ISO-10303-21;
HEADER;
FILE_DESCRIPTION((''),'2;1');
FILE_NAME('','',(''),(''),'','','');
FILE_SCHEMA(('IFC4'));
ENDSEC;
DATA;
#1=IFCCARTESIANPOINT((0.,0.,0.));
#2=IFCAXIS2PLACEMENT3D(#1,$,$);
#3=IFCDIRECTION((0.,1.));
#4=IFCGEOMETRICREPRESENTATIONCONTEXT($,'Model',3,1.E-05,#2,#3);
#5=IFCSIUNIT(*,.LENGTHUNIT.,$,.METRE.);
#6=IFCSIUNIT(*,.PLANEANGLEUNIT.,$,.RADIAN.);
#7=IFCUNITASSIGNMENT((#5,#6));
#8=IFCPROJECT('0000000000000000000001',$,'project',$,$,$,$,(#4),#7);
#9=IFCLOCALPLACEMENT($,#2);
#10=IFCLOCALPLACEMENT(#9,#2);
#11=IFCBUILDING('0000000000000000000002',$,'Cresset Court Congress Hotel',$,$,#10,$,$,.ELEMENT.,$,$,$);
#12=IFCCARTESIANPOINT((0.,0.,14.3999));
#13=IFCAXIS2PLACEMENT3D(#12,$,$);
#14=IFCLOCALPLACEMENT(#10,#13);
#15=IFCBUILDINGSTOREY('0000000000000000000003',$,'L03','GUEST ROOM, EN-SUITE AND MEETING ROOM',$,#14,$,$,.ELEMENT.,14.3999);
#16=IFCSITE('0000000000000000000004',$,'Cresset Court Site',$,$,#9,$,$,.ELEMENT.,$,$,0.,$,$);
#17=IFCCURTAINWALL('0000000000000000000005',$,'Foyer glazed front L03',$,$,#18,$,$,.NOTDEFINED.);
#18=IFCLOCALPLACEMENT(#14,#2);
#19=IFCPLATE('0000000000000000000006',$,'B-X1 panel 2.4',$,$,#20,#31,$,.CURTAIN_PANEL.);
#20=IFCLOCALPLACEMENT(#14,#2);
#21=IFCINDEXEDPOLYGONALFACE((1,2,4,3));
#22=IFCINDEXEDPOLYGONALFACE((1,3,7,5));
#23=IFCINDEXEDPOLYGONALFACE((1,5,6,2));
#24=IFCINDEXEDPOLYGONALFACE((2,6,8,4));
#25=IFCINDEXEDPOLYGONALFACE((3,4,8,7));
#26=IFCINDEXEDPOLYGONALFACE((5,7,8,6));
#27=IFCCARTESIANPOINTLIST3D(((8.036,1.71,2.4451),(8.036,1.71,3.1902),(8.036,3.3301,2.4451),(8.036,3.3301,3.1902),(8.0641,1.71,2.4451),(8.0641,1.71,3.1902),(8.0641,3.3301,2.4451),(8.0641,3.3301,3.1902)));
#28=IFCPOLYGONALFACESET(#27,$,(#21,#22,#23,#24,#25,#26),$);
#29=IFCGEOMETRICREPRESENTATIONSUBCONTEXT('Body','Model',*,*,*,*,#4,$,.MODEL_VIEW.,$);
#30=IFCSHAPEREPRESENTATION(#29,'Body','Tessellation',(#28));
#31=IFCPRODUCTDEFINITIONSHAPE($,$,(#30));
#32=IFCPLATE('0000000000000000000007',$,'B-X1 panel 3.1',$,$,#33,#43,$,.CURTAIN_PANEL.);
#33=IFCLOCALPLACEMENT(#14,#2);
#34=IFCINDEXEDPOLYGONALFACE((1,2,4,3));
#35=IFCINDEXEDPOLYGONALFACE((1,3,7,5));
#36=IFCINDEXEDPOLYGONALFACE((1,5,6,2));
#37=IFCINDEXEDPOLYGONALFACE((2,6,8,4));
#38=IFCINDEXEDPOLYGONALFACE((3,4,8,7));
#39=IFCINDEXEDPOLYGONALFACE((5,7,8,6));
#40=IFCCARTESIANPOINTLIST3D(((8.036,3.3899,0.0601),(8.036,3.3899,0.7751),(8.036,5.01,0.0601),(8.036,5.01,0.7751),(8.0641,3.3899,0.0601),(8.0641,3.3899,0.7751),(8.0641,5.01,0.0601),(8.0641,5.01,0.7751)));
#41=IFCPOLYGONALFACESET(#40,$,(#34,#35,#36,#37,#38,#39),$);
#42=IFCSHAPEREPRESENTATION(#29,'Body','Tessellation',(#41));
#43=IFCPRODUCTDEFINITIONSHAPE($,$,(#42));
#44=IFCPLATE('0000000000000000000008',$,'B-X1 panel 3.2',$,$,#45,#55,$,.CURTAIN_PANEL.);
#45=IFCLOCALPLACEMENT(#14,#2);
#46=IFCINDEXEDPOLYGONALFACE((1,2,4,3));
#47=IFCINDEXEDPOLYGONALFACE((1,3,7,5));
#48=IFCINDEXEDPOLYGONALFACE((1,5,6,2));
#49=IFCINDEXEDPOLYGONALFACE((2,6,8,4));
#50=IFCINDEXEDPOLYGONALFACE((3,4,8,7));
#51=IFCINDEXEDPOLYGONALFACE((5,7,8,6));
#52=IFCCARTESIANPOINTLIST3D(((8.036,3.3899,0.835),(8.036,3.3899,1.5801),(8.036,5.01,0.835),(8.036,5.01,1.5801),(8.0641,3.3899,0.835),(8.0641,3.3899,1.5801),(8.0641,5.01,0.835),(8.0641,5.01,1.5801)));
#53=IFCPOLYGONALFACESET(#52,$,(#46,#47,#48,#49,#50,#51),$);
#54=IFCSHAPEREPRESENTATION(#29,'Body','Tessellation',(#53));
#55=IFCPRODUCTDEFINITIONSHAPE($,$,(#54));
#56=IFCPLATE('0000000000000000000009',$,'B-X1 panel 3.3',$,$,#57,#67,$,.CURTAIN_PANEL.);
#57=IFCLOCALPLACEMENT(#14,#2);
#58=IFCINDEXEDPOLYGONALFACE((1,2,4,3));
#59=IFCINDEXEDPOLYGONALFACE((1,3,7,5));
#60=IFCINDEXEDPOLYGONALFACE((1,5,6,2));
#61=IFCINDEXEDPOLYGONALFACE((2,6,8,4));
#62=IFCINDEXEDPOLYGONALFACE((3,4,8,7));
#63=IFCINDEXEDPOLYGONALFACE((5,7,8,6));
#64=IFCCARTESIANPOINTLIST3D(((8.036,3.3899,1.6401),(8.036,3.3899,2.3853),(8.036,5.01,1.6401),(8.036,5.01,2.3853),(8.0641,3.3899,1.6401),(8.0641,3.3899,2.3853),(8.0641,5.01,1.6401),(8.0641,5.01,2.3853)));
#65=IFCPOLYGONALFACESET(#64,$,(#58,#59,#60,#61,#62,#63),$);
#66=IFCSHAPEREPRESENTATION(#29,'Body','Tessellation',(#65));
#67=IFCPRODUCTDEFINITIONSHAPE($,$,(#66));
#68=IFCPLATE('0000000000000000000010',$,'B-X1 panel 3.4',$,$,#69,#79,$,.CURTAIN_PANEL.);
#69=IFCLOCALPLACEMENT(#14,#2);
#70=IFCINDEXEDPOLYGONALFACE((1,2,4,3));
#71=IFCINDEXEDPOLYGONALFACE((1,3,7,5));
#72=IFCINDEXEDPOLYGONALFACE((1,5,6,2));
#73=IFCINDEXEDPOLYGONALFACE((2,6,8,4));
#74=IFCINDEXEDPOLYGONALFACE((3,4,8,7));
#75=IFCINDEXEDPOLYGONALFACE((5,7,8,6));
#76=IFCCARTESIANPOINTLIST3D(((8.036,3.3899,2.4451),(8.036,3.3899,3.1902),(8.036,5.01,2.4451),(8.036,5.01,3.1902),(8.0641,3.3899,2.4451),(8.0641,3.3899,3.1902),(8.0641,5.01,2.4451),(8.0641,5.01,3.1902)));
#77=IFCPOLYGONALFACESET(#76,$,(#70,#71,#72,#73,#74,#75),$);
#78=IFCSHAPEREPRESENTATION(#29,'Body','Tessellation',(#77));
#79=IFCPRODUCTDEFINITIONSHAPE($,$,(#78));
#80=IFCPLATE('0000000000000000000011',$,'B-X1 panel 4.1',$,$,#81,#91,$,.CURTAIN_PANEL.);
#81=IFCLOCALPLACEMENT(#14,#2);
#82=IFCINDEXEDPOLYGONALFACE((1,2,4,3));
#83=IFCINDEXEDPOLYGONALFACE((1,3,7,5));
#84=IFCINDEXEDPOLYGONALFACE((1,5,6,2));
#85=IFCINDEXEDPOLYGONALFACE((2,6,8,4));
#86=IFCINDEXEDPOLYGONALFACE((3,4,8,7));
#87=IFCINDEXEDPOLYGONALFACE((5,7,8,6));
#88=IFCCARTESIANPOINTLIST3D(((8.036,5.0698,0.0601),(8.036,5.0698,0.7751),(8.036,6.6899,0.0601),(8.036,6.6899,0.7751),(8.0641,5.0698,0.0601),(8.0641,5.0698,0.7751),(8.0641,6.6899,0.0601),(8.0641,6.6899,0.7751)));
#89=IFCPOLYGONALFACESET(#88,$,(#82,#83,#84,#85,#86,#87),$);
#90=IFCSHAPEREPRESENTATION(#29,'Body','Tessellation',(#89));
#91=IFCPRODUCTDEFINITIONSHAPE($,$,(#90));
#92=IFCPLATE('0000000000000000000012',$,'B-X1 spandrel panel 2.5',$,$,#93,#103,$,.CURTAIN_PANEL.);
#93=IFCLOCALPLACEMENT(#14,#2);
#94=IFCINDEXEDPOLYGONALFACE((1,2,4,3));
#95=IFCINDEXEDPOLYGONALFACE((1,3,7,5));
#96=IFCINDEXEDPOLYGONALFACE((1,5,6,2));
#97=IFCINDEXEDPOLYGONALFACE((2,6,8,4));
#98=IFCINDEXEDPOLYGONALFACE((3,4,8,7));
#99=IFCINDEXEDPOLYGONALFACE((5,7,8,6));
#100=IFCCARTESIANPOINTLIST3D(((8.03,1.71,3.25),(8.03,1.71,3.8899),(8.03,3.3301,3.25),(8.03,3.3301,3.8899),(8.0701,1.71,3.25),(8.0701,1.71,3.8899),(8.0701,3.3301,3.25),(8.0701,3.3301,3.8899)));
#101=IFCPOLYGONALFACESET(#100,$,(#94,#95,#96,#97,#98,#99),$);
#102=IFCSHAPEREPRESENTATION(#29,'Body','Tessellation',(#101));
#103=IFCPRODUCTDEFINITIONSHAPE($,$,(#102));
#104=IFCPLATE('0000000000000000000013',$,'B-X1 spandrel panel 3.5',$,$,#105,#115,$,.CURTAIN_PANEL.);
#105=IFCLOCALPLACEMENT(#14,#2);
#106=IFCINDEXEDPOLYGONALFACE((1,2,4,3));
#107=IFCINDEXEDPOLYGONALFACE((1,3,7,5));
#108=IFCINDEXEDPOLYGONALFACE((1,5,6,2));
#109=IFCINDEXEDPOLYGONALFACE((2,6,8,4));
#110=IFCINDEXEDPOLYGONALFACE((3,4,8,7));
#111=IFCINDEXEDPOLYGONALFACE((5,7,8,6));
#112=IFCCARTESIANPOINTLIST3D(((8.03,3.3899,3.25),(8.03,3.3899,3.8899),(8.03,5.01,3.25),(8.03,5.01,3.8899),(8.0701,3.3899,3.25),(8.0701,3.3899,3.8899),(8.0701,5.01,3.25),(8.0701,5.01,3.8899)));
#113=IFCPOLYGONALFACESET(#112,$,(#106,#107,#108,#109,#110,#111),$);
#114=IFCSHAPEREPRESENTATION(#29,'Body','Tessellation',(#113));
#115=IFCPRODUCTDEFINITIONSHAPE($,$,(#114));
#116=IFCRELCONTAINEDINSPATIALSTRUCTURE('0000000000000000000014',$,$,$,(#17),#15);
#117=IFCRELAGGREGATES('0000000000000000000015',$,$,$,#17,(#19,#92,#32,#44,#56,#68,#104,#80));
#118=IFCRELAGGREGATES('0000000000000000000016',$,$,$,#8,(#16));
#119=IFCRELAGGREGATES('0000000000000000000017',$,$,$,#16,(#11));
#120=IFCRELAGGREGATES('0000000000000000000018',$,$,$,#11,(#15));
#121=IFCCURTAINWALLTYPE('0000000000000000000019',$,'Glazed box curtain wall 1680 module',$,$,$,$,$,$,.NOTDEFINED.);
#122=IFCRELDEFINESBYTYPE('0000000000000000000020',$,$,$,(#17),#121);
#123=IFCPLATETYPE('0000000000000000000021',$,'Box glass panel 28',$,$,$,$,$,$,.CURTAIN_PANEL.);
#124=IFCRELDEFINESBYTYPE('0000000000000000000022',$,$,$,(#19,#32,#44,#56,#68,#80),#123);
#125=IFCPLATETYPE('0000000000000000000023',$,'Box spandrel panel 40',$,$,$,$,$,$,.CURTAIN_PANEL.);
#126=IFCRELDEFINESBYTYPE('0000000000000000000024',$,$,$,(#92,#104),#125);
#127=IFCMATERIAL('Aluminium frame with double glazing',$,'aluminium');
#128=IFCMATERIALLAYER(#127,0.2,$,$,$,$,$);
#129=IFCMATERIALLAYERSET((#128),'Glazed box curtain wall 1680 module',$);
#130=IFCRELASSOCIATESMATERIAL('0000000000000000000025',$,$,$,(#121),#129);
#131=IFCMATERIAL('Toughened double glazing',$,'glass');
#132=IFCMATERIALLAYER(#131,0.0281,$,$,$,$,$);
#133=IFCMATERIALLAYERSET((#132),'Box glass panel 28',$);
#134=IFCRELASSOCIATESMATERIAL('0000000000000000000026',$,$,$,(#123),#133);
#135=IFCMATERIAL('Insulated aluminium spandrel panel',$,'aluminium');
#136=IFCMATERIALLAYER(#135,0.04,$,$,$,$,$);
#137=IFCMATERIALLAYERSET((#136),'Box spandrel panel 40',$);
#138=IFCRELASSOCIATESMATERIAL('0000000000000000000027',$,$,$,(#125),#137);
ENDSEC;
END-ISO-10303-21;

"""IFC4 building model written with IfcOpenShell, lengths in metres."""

from ifc_helpers import new_model, si_unit, direction, frame, origin, origin_2d, place, context, subcontext, project, spatial, rectangle, extrude, material, layer, layer_set, type_object, element, aggregate, save


model = new_model("IFC4")

# Units and contexts
model_context = context("Model", 3, precision=1e-05, world=origin(), true_north=direction((0.0, 1.0)))
body_context = subcontext(model_context, "Body", "Model", "MODEL_VIEW")
ifc_project = project(units=[si_unit("LENGTHUNIT", "METRE"), si_unit("PLANEANGLEUNIT", "RADIAN")], contexts=[model_context])

# Site, building, storey
site_placement = place(None, origin())
site = spatial("IfcSite", under=ifc_project, at=site_placement, Name="Cresset Court Site", CompositionType="ELEMENT", RefElevation=0.0)
building_placement = place(site_placement, origin())
building = spatial("IfcBuilding", under=site, at=building_placement, Name="Cresset Court Congress Hotel", CompositionType="ELEMENT")
storey_placement = place(building_placement, frame((0.0, 0.0, 14.3999)))
storey = spatial("IfcBuildingStorey", under=building, at=storey_placement, Name="L03", Description="GUEST ROOM, EN-SUITE AND MEETING ROOM", CompositionType="ELEMENT", Elevation=14.3999)

# Curtain wall, plates
ifc_material_1 = material(Name="Aluminium frame with double glazing", Category="aluminium")
ifc_layer_1 = layer(ifc_material_1, 0.2)
ifc_layer_set_1 = layer_set([ifc_layer_1], Name="Glazed box curtain wall 1680 module")
curtain_wall_type = type_object("IfcCurtainWallType", Name="Glazed box curtain wall 1680 module", PredefinedType="NOTDEFINED", material=ifc_layer_set_1)
curtain_wall_placement = place(storey_placement, origin())
curtain_wall = element("IfcCurtainWall", 1, at=curtain_wall_placement, inside=storey, type_object=curtain_wall_type, Name="Foyer glazed front L03", PredefinedType="NOTDEFINED")
ifc_material_2 = material(Name="Toughened double glazing", Category="glass")
ifc_layer_2 = layer(ifc_material_2, 0.0281)
ifc_layer_set_2 = layer_set([ifc_layer_2], Name="Box glass panel 28")
plate_type_1 = type_object("IfcPlateType", Name="Box glass panel 28", PredefinedType="CURTAIN_PANEL", material=ifc_layer_set_2)
plate_1_placement = place(storey_placement, frame((8.05, 2.52, 2.4451), z_axis=(0.0, 0.0, 1.0), x_axis=(0.0, 1.0, 0.0)))
plate_1 = element("IfcPlate", 2, at=plate_1_placement, type_object=plate_type_1, Name="B-X1 panel 2.4", PredefinedType="CURTAIN_PANEL", context=body_context, shape_type="SweptSolid", body=[
    extrude(rectangle(XDim=1.6201, YDim=0.0281, at=origin_2d()), origin(), (0.0, 0.0, 1.0), 0.7451),
])
plate_2_placement = place(storey_placement, frame((8.05, 4.2, 0.0601), z_axis=(0.0, 0.0, 1.0), x_axis=(0.0, 1.0, 0.0)))
plate_2 = element("IfcPlate", 3, at=plate_2_placement, type_object=plate_type_1, Name="B-X1 panel 3.1", PredefinedType="CURTAIN_PANEL", context=body_context, shape_type="SweptSolid", body=[
    extrude(rectangle(XDim=1.6201, YDim=0.0281, at=origin_2d()), origin(), (0.0, 0.0, 1.0), 0.7151),
])
plate_3_placement = place(storey_placement, frame((8.05, 4.2, 0.835), z_axis=(0.0, 0.0, 1.0), x_axis=(0.0, 1.0, 0.0)))
plate_3 = element("IfcPlate", 4, at=plate_3_placement, type_object=plate_type_1, Name="B-X1 panel 3.2", PredefinedType="CURTAIN_PANEL", context=body_context, shape_type="SweptSolid", body=[
    extrude(rectangle(XDim=1.6201, YDim=0.0281, at=origin_2d()), origin(), (0.0, 0.0, 1.0), 0.7451),
])
plate_4_placement = place(storey_placement, frame((8.05, 4.2, 1.6401), z_axis=(0.0, 0.0, 1.0), x_axis=(0.0, 1.0, 0.0)))
plate_4 = element("IfcPlate", 5, at=plate_4_placement, type_object=plate_type_1, Name="B-X1 panel 3.3", PredefinedType="CURTAIN_PANEL", context=body_context, shape_type="SweptSolid", body=[
    extrude(rectangle(XDim=1.6201, YDim=0.0281, at=origin_2d()), origin(), (0.0, 0.0, 1.0), 0.7451),
])
plate_5_placement = place(storey_placement, frame((8.05, 4.2, 2.4451), z_axis=(0.0, 0.0, 1.0), x_axis=(0.0, 1.0, 0.0)))
plate_5 = element("IfcPlate", 6, at=plate_5_placement, type_object=plate_type_1, Name="B-X1 panel 3.4", PredefinedType="CURTAIN_PANEL", context=body_context, shape_type="SweptSolid", body=[
    extrude(rectangle(XDim=1.6201, YDim=0.0281, at=origin_2d()), origin(), (0.0, 0.0, 1.0), 0.7451),
])
plate_6_placement = place(storey_placement, frame((8.05, 5.8799, 0.0601), z_axis=(0.0, 0.0, 1.0), x_axis=(0.0, 1.0, 0.0)))
plate_6 = element("IfcPlate", 7, at=plate_6_placement, type_object=plate_type_1, Name="B-X1 panel 4.1", PredefinedType="CURTAIN_PANEL", context=body_context, shape_type="SweptSolid", body=[
    extrude(rectangle(XDim=1.6201, YDim=0.0281, at=origin_2d()), origin(), (0.0, 0.0, 1.0), 0.7151),
])
ifc_material_3 = material(Name="Insulated aluminium spandrel panel", Category="aluminium")
ifc_layer_3 = layer(ifc_material_3, 0.04)
ifc_layer_set_3 = layer_set([ifc_layer_3], Name="Box spandrel panel 40")
plate_type_2 = type_object("IfcPlateType", Name="Box spandrel panel 40", PredefinedType="CURTAIN_PANEL", material=ifc_layer_set_3)
plate_7_placement = place(storey_placement, frame((8.05, 2.52, 3.25), z_axis=(0.0, 0.0, 1.0), x_axis=(0.0, 1.0, 0.0)))
plate_7 = element("IfcPlate", 8, at=plate_7_placement, type_object=plate_type_2, Name="B-X1 spandrel panel 2.5", PredefinedType="CURTAIN_PANEL", context=body_context, shape_type="SweptSolid", body=[
    extrude(rectangle(XDim=1.6201, YDim=0.04, at=origin_2d()), origin(), (0.0, 0.0, 1.0), 0.6399),
])
plate_8_placement = place(storey_placement, frame((8.05, 4.2, 3.25), z_axis=(0.0, 0.0, 1.0), x_axis=(0.0, 1.0, 0.0)))
plate_8 = element("IfcPlate", 9, at=plate_8_placement, type_object=plate_type_2, Name="B-X1 spandrel panel 3.5", PredefinedType="CURTAIN_PANEL", context=body_context, shape_type="SweptSolid", body=[
    extrude(rectangle(XDim=1.6201, YDim=0.04, at=origin_2d()), origin(), (0.0, 0.0, 1.0), 0.6399),
])
aggregate(curtain_wall, [plate_1, plate_7, plate_2, plate_3, plate_4, plate_5, plate_8, plate_6])

save(model, "model.ifc")
